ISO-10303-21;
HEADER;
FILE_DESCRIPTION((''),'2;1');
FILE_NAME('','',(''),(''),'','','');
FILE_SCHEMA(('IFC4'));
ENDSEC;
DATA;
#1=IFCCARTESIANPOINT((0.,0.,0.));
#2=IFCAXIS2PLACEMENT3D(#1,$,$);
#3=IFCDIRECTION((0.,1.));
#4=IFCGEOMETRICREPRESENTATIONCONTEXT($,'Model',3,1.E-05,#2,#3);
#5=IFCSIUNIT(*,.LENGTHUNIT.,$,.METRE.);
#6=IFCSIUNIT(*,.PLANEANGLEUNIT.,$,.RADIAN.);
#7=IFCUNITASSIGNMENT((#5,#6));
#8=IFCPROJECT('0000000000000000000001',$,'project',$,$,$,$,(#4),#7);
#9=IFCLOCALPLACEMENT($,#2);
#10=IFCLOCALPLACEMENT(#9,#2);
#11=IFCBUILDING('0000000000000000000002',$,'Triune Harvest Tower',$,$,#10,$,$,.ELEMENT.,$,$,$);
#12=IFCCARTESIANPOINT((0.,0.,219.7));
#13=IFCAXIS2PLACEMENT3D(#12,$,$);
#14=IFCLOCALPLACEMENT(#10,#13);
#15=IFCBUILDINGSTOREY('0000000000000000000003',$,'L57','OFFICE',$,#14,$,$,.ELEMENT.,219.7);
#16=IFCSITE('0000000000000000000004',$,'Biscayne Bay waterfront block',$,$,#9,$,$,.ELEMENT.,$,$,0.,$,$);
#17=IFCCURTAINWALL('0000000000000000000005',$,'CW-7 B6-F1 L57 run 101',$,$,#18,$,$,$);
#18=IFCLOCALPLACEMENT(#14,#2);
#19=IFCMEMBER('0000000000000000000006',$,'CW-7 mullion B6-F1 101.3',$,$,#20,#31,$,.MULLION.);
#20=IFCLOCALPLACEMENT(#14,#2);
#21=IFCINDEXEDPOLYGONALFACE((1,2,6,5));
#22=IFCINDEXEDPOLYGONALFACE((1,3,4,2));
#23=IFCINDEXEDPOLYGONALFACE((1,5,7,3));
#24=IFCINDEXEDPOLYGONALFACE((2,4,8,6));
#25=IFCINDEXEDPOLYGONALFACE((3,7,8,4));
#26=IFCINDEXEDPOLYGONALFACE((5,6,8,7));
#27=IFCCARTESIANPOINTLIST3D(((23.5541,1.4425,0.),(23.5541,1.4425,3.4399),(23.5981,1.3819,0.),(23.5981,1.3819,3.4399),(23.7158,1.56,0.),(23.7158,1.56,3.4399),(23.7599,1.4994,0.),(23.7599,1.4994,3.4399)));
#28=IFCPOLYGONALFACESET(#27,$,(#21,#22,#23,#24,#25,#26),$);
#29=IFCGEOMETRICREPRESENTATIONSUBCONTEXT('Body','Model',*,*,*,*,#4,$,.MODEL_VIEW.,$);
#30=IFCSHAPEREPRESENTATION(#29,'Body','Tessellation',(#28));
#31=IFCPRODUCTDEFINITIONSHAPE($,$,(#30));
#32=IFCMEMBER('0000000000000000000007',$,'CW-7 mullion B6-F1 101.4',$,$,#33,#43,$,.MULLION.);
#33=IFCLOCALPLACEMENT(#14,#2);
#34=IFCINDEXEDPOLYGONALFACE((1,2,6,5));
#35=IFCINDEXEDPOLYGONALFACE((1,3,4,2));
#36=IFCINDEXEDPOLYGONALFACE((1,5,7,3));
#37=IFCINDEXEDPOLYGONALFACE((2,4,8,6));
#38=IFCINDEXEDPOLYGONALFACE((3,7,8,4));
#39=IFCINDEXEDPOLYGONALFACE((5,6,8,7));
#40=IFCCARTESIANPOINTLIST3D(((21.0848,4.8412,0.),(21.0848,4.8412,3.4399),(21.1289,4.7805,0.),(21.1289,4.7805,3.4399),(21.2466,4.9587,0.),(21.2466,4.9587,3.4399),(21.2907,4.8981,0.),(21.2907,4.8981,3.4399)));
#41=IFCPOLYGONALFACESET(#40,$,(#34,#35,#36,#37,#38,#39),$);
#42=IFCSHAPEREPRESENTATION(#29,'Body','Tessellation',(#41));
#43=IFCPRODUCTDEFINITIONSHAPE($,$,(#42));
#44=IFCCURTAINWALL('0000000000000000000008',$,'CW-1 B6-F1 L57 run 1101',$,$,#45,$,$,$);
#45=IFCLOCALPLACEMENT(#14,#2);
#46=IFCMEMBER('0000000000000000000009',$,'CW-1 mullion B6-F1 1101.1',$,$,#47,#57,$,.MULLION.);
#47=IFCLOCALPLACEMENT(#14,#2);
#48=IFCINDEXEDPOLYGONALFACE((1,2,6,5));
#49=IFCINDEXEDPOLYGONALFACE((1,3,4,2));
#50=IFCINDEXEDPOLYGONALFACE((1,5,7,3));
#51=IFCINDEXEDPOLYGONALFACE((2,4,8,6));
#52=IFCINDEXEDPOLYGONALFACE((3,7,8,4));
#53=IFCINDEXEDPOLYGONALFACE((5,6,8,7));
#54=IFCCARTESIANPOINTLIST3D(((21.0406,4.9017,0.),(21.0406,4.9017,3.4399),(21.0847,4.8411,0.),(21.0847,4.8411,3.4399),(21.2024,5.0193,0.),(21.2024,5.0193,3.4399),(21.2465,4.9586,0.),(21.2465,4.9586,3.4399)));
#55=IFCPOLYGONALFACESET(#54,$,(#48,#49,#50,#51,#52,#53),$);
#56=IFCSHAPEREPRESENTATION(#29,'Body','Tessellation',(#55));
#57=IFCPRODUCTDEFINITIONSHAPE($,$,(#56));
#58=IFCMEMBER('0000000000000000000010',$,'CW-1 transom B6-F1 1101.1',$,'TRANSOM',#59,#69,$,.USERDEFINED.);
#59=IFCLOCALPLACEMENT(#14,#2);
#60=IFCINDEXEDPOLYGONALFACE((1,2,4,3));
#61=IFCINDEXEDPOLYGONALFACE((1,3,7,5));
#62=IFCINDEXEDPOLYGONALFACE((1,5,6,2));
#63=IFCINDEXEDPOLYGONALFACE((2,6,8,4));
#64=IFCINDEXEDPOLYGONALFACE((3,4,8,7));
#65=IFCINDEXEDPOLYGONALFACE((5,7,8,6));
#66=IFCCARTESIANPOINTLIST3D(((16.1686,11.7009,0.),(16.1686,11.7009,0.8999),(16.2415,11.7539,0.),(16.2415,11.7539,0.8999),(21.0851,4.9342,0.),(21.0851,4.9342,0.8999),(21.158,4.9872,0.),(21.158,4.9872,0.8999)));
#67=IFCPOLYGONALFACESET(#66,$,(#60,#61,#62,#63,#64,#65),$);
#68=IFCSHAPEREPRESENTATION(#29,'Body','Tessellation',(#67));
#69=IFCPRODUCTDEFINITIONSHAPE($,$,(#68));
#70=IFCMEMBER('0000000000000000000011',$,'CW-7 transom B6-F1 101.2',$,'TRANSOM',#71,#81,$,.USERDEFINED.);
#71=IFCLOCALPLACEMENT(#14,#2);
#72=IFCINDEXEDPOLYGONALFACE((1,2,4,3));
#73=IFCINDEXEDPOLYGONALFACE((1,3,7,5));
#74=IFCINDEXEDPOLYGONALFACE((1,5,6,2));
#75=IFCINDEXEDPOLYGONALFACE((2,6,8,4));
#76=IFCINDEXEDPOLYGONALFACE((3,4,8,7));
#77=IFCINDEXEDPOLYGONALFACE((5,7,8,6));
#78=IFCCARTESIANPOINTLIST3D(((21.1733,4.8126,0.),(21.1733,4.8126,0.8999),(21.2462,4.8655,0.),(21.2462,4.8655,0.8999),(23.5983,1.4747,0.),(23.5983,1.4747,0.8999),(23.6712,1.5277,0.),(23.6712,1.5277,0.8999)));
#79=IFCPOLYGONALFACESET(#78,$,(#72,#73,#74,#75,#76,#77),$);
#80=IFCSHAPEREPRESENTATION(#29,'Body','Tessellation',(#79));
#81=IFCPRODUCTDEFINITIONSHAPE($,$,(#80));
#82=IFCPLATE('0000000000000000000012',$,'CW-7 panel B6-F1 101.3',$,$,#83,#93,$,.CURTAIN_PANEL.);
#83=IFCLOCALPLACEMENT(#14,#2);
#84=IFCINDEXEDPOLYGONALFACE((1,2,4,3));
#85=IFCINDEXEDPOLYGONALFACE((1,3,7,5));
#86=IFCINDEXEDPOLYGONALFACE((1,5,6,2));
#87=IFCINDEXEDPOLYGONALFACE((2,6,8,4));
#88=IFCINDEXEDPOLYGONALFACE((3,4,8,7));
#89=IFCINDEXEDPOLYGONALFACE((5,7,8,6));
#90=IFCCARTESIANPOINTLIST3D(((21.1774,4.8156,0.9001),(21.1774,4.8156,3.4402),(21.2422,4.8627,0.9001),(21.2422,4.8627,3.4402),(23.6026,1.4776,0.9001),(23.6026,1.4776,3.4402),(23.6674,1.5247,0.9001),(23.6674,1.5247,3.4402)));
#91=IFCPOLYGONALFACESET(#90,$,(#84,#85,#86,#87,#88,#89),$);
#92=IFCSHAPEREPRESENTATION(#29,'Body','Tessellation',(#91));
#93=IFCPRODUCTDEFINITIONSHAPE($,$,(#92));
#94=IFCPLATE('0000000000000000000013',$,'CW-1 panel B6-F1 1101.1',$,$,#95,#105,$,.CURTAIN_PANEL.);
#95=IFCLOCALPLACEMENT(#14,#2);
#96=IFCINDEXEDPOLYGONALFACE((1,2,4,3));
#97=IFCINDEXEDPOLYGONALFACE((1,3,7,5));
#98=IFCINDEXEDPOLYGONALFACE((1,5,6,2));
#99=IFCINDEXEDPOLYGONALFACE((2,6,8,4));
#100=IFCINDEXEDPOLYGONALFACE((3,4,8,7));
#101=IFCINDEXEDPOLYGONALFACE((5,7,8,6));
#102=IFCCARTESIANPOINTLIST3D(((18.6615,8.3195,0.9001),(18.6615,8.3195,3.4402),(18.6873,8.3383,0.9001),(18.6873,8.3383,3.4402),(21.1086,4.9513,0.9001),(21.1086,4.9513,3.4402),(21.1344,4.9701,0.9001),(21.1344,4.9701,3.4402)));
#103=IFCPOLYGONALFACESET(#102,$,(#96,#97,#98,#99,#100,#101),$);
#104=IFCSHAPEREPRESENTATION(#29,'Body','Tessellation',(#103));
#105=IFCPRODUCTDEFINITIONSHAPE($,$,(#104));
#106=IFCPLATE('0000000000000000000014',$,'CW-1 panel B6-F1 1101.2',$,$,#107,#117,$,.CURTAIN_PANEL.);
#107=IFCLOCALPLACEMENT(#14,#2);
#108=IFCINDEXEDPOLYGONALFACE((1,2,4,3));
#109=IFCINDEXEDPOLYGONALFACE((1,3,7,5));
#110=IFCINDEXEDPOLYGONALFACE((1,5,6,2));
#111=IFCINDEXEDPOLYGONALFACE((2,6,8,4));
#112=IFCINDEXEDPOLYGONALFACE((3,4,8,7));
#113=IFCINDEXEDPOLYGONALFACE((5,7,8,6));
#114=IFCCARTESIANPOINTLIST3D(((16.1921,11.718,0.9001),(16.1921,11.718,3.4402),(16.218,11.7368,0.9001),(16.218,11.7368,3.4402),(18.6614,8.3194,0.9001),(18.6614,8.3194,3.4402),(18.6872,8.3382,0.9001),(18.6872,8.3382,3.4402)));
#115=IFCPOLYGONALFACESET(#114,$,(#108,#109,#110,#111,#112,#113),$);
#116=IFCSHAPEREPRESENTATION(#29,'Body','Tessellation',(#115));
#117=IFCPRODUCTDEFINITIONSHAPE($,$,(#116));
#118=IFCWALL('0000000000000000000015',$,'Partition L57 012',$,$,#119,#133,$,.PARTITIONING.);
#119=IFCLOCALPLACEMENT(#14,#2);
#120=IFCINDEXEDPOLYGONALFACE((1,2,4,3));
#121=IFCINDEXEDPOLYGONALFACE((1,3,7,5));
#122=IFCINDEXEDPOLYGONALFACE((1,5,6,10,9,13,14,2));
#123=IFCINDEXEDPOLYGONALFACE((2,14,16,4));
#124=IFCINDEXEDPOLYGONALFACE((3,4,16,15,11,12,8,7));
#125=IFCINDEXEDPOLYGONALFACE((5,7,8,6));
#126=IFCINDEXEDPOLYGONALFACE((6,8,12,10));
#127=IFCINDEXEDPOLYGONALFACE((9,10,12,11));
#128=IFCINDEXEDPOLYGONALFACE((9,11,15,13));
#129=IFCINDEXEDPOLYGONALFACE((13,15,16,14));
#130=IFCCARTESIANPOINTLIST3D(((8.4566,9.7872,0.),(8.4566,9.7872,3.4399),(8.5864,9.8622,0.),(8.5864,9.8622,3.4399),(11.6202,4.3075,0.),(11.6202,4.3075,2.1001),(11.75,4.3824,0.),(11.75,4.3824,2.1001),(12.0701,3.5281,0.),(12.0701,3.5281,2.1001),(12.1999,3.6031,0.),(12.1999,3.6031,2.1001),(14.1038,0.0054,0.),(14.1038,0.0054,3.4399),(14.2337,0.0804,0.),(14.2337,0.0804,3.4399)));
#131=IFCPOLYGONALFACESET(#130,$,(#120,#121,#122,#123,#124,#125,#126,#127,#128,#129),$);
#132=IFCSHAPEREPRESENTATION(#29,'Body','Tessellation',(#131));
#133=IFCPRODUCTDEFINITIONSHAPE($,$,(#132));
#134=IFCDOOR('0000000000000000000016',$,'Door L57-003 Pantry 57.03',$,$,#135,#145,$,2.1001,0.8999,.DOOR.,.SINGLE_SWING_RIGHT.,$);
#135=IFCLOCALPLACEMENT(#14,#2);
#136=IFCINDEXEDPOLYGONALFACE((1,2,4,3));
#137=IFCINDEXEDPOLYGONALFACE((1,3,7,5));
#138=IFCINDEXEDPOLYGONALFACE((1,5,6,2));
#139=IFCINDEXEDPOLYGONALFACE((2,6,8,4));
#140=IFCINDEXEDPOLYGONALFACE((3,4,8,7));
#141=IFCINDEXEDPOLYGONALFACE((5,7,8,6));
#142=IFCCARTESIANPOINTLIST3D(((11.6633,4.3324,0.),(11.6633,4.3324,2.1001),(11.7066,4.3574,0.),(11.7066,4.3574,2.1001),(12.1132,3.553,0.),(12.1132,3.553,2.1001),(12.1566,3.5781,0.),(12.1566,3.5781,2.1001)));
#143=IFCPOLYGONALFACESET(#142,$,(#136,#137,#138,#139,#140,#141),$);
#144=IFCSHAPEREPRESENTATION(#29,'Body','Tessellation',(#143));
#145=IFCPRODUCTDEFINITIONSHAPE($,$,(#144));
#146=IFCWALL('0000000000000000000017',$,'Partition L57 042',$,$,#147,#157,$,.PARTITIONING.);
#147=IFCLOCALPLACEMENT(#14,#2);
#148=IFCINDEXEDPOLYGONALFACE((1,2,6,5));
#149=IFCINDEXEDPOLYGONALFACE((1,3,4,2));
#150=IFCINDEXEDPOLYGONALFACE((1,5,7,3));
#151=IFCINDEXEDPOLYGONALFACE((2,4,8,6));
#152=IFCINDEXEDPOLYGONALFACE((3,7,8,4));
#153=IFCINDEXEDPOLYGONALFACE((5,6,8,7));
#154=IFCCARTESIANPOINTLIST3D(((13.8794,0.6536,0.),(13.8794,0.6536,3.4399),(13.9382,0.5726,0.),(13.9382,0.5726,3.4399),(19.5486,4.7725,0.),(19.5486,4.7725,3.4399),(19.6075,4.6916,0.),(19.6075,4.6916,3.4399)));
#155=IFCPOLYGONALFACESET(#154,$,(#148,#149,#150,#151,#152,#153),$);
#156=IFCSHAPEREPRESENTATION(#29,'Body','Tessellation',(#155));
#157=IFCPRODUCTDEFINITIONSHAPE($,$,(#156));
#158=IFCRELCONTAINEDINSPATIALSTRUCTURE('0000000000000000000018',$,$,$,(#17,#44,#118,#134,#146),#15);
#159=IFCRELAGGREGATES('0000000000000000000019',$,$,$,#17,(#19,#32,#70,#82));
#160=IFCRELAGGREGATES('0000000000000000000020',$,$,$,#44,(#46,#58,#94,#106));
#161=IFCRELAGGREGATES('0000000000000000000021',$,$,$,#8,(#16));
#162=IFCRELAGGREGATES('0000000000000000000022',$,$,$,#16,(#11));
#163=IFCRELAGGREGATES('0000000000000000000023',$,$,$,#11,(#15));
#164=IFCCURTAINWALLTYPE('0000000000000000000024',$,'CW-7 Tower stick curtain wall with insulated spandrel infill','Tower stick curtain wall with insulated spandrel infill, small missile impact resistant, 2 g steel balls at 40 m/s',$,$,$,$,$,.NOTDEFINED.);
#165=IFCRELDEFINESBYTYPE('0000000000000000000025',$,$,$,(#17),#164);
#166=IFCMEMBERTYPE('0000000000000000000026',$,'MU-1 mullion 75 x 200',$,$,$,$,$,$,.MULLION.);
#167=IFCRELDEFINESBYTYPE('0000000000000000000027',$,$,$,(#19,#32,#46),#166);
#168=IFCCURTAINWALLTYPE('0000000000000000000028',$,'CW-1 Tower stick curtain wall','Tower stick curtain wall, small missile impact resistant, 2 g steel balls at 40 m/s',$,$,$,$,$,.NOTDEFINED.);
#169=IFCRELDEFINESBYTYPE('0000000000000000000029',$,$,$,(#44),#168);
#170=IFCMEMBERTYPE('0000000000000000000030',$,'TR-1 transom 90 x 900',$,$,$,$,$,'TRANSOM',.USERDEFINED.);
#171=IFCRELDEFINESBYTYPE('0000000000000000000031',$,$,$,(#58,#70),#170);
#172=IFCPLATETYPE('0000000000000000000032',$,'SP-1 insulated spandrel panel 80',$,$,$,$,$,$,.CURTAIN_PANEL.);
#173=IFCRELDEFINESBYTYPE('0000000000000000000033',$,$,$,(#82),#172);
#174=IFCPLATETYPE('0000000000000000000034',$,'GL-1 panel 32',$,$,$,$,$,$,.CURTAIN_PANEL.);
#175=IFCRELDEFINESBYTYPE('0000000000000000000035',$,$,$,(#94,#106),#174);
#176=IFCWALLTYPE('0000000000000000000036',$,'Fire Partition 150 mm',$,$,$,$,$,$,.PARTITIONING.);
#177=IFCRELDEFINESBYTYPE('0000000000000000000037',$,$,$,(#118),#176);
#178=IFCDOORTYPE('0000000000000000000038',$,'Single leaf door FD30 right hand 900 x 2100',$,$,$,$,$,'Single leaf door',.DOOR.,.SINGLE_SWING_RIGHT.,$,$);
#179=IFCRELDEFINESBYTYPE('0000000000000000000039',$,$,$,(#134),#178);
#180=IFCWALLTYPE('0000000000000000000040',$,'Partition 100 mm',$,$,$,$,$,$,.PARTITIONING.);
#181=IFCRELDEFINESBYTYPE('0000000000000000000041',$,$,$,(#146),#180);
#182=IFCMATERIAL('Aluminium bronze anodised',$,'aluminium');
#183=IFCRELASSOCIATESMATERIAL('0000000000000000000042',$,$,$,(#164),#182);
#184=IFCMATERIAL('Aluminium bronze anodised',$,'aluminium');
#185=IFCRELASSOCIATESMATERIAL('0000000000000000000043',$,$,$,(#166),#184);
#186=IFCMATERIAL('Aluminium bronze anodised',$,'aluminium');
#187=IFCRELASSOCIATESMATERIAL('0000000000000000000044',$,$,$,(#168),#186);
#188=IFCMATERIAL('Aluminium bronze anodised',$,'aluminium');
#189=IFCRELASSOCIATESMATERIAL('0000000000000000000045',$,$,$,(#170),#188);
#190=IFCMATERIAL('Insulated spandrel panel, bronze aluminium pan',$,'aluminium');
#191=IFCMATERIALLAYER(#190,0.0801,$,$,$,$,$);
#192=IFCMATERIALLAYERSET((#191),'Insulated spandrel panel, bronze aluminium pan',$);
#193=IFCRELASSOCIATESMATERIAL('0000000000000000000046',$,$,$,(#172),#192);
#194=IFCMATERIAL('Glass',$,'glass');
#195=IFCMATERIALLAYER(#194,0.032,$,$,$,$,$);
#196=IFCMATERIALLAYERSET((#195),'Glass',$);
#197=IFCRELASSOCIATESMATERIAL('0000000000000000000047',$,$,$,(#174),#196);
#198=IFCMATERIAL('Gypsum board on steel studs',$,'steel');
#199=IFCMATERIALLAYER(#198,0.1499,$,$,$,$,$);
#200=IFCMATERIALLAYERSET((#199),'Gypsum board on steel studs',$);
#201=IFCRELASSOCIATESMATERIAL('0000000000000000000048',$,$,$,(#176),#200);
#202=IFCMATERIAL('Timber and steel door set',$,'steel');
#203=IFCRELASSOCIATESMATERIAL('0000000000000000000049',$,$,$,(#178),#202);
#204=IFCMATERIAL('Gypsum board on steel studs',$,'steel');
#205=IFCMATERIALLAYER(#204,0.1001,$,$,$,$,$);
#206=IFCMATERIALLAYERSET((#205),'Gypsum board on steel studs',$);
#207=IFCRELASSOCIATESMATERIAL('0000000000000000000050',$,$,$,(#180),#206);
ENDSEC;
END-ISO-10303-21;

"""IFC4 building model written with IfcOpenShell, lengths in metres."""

from ifc_helpers import new_model, si_unit, direction, frame, frame_2d, origin, origin_2d, place, context, subcontext, project, spatial, rectangle, extrude, source, transform, mapped, material, layer, layer_set, material_profile, profile_set, type_object, element, fill, aggregate, save


model = new_model("IFC4")

# Units and contexts
model_context = context("Model", 3, precision=1e-05, world=origin(), true_north=direction((0.0, 1.0)))
body_context = subcontext(model_context, "Body", "Model", "MODEL_VIEW")
ifc_project = project(units=[si_unit("LENGTHUNIT", "METRE"), si_unit("PLANEANGLEUNIT", "RADIAN")], contexts=[model_context])

# Site, building, storey
site_placement = place(None, origin())
site = spatial("IfcSite", under=ifc_project, at=site_placement, Name="Biscayne Bay waterfront block", CompositionType="ELEMENT", RefElevation=0.0)
building_placement = place(site_placement, origin())
building = spatial("IfcBuilding", under=site, at=building_placement, Name="Triune Harvest Tower", CompositionType="ELEMENT")
storey_placement = place(building_placement, frame((0.0, 0.0, 219.7)))
storey = spatial("IfcBuildingStorey", under=building, at=storey_placement, Name="L57", Description="OFFICE", CompositionType="ELEMENT", Elevation=219.7)

# Curtain walls, members
ifc_material_1 = material(Name="Aluminium bronze anodised", Category="aluminium")
curtain_wall_type_1 = type_object("IfcCurtainWallType", Name="CW-7 Tower stick curtain wall with insulated spandrel infill", Description="Tower stick curtain wall with insulated spandrel infill, small missile impact resistant, 2 g steel balls at 40 m/s", PredefinedType="NOTDEFINED", material=ifc_material_1)
curtain_wall_1_placement = place(storey_placement, origin())
curtain_wall_1 = element("IfcCurtainWall", 1, at=curtain_wall_1_placement, inside=storey, type_object=curtain_wall_type_1, Name="CW-7 B6-F1 L57 run 101")
ifc_material_2 = material(Name="Aluminium bronze anodised", Category="aluminium")
ifc_material_profile_1 = material_profile(ifc_material_2, rectangle(XDim=0.2, YDim=0.075, at=origin_2d()), Name="MU-1 mullion 75 x 200")
ifc_profile_set_1 = profile_set([ifc_material_profile_1], Name="Aluminium bronze anodised")
member_type_1 = type_object("IfcMemberType", Name="MU-1 mullion 75 x 200", PredefinedType="MULLION", material=ifc_profile_set_1)
shared_shape_1 = source(origin(), body_context, "Body", "SweptSolid", [
    extrude(rectangle(XDim=0.2, YDim=0.075, at=origin_2d()), origin(), (0.0, 0.0, 1.0), 3.4399),
])
member_1_placement = place(storey_placement, frame((23.657, 1.4709, 0.0), z_axis=(0.0, 0.0, 1.0), x_axis=(-0.809014, -0.587789, 0.0)))
member_1 = element("IfcMember", 2, at=member_1_placement, type_object=member_type_1, Name="CW-7 mullion B6-F1 101.3", PredefinedType="MULLION", context=body_context, shape_type="MappedRepresentation", body=[
    mapped(shared_shape_1, transform((0.0, 0.0, 0.0), scale=1.0)),
])
member_2_placement = place(storey_placement, frame((21.1877, 4.8696, 0.0), z_axis=(0.0, 0.0, 1.0), x_axis=(-0.809014, -0.587789, 0.0)))
member_2 = element("IfcMember", 3, at=member_2_placement, type_object=member_type_1, Name="CW-7 mullion B6-F1 101.4", PredefinedType="MULLION", context=body_context, shape_type="MappedRepresentation", body=[
    mapped(shared_shape_1, transform((0.0, 0.0, 0.0), scale=1.0)),
])
ifc_material_3 = material(Name="Aluminium bronze anodised", Category="aluminium")
curtain_wall_type_2 = type_object("IfcCurtainWallType", Name="CW-1 Tower stick curtain wall", Description="Tower stick curtain wall, small missile impact resistant, 2 g steel balls at 40 m/s", PredefinedType="NOTDEFINED", material=ifc_material_3)
curtain_wall_2_placement = place(storey_placement, origin())
curtain_wall_2 = element("IfcCurtainWall", 4, at=curtain_wall_2_placement, inside=storey, type_object=curtain_wall_type_2, Name="CW-1 B6-F1 L57 run 1101")
member_3_placement = place(storey_placement, frame((21.1436, 4.9302, 0.0), z_axis=(0.0, 0.0, 1.0), x_axis=(-0.809021, -0.58778, 0.0)))
member_3 = element("IfcMember", 5, at=member_3_placement, type_object=member_type_1, Name="CW-1 mullion B6-F1 1101.1", PredefinedType="MULLION", context=body_context, shape_type="MappedRepresentation", body=[
    mapped(shared_shape_1, transform((0.0, 0.0, 0.0), scale=1.0)),
])
ifc_material_4 = material(Name="Aluminium bronze anodised", Category="aluminium")
ifc_material_profile_2 = material_profile(ifc_material_4, rectangle(XDim=0.0901, YDim=0.8999, at=origin_2d()), Name="TR-1 transom 90 x 900")
ifc_profile_set_2 = profile_set([ifc_material_profile_2], Name="Aluminium bronze anodised")
member_type_2 = type_object("IfcMemberType", Name="TR-1 transom 90 x 900", ElementType="TRANSOM", PredefinedType="USERDEFINED", material=ifc_profile_set_2)
shared_shape_2 = source(origin(), body_context, "Body", "SweptSolid", [
    extrude(rectangle(XDim=0.0901, YDim=0.8999, at=origin_2d()), origin(), (0.0, 0.0, 1.0), 8.3643),
])
member_4_placement = place(storey_placement, frame((21.1216, 4.9607, 0.45), z_axis=(-0.587807, 0.809001, 0.0), x_axis=(-0.809001, -0.587807, 0.0)))
member_4 = element("IfcMember", 6, at=member_4_placement, type_object=member_type_2, Name="CW-1 transom B6-F1 1101.1", ObjectType="TRANSOM", PredefinedType="USERDEFINED", context=body_context, shape_type="MappedRepresentation", body=[
    mapped(shared_shape_2, transform((0.0, 0.0, 0.0), scale=1.0)),
])

# Member
shared_shape_3 = source(origin(), body_context, "Body", "SweptSolid", [
    extrude(rectangle(XDim=0.0901, YDim=0.8999, at=origin_2d()), origin(), (0.0, 0.0, 1.0), 4.1257),
])
member_5_placement = place(storey_placement, frame((23.6348, 1.5012, 0.45), z_axis=(-0.587774, 0.809025, 0.0), x_axis=(-0.809025, -0.587774, 0.0)))
member_5 = element("IfcMember", 7, at=member_5_placement, type_object=member_type_2, Name="CW-7 transom B6-F1 101.2", ObjectType="TRANSOM", PredefinedType="USERDEFINED", context=body_context, shape_type="MappedRepresentation", body=[
    mapped(shared_shape_3, transform((0.0, 0.0, 0.0), scale=1.0)),
])

# Plates
ifc_material_5 = material(Name="Insulated spandrel panel, bronze aluminium pan", Category="aluminium")
ifc_layer_1 = layer(ifc_material_5, 0.0801)
ifc_layer_set_1 = layer_set([ifc_layer_1], Name="Insulated spandrel panel, bronze aluminium pan")
plate_type_1 = type_object("IfcPlateType", Name="SP-1 insulated spandrel panel 80", PredefinedType="CURTAIN_PANEL", material=ifc_layer_set_1)
shared_shape_4 = source(origin(), body_context, "Body", "SweptSolid", [
    extrude(rectangle(XDim=4.126, YDim=0.0801, at=origin_2d()), origin(), (0.0, 0.0, 1.0), 2.54),
])
plate_1_placement = place(storey_placement, frame((22.4224, 3.1702, 0.9001), z_axis=(0.0, 0.0, 1.0), x_axis=(-0.587789, 0.809014, 0.0)))
plate_1 = element("IfcPlate", 8, at=plate_1_placement, type_object=plate_type_1, Name="CW-7 panel B6-F1 101.3", PredefinedType="CURTAIN_PANEL", context=body_context, shape_type="MappedRepresentation", body=[
    mapped(shared_shape_4, transform((0.0, 0.0, 0.0), scale=1.0)),
])
aggregate(curtain_wall_1, [member_1, member_2, member_5, plate_1])
ifc_material_6 = material(Name="Glass", Category="glass")
ifc_layer_2 = layer(ifc_material_6, 0.032)
ifc_layer_set_2 = layer_set([ifc_layer_2], Name="Glass")
plate_type_2 = type_object("IfcPlateType", Name="GL-1 panel 32", PredefinedType="CURTAIN_PANEL", material=ifc_layer_set_2)
shared_shape_5 = source(origin(), body_context, "Body", "SweptSolid", [
    extrude(rectangle(XDim=4.1633, YDim=0.032, at=origin_2d()), origin(), (0.0, 0.0, 1.0), 2.54),
])
plate_2_placement = place(storey_placement, frame((19.8979, 6.6448, 0.9001), z_axis=(0.0, 0.0, 1.0), x_axis=(-0.58778, 0.809021, 0.0)))
plate_2 = element("IfcPlate", 9, at=plate_2_placement, type_object=plate_type_2, Name="CW-1 panel B6-F1 1101.1", PredefinedType="CURTAIN_PANEL", context=body_context, shape_type="MappedRepresentation", body=[
    mapped(shared_shape_5, transform((0.0, 0.0, 0.0), scale=1.0)),
])
shared_shape_6 = source(origin(), body_context, "Body", "SweptSolid", [
    extrude(rectangle(XDim=4.2009, YDim=0.032, at=origin_2d()), origin(), (0.0, 0.0, 1.0), 2.54),
])
plate_3_placement = place(storey_placement, frame((17.4397, 10.0281, 0.9001), z_axis=(0.0, 0.0, 1.0), x_axis=(-0.58778, 0.809021, 0.0)))
plate_3 = element("IfcPlate", 10, at=plate_3_placement, type_object=plate_type_2, Name="CW-1 panel B6-F1 1101.2", PredefinedType="CURTAIN_PANEL", context=body_context, shape_type="MappedRepresentation", body=[
    mapped(shared_shape_6, transform((0.0, 0.0, 0.0), scale=1.0)),
])
aggregate(curtain_wall_2, [member_3, member_4, plate_2, plate_3])

# Wall, opening, door
ifc_material_7 = material(Name="Gypsum board on steel studs", Category="steel")
ifc_layer_3 = layer(ifc_material_7, 0.1499)
ifc_layer_set_3 = layer_set([ifc_layer_3], Name="Gypsum board on steel studs")
wall_type_1 = type_object("IfcWallType", Name="Fire Partition 150 mm", PredefinedType="PARTITIONING", material=ifc_layer_set_3)
wall_1_placement = place(storey_placement, frame((8.5215, 9.8247, 0.0), z_axis=(0.0, 0.0, 1.0), x_axis=(0.499982, -0.866036, 0.0)))
wall_1 = element("IfcWall", 11, at=wall_1_placement, inside=storey, type_object=wall_type_1, Name="Partition L57 012", PredefinedType="PARTITIONING", context=body_context, shape_type="SweptSolid", body=[
    extrude(rectangle(XDim=11.2949, YDim=0.1499, at=frame_2d((5.6475, 0.0))), origin(), (0.0, 0.0, 1.0), 3.4399),
])
opening_1_placement = place(wall_1_placement, frame((6.3274, 0.0, 0.0)))
opening_1 = element("IfcOpeningElement", 12, at=opening_1_placement, cuts=wall_1, PredefinedType="OPENING", context=body_context, shape_type="SweptSolid", body=[
    extrude(rectangle(XDim=0.8999, YDim=2.1001, at=frame_2d((0.45, 1.05))), frame((0.0, 0.085, 0.0), z_axis=(0.0, -1.0, 0.0), x_axis=(1.0, 0.0, 0.0)), (0.0, 0.0, 1.0), 0.1699),
])
ifc_material_8 = material(Name="Timber and steel door set", Category="steel")
door_type_1 = type_object("IfcDoorType", Name="Single leaf door FD30 right hand 900 x 2100", ElementType="Single leaf door", OperationType="SINGLE_SWING_RIGHT", PredefinedType="DOOR", material=ifc_material_8)
door_1_placement = place(opening_1_placement, origin())
door_1 = element("IfcDoor", 13, at=door_1_placement, inside=storey, type_object=door_type_1, Name="Door L57-003 Pantry 57.03", OperationType="SINGLE_SWING_RIGHT", OverallHeight=2.1001, OverallWidth=0.8999, PredefinedType="DOOR", context=body_context, shape_type="SweptSolid", body=[
    extrude(rectangle(XDim=0.8999, YDim=2.1001, at=frame_2d((0.45, 1.05))), frame((0.0, 0.0249, 0.0), z_axis=(0.0, -1.0, 0.0), x_axis=(1.0, 0.0, 0.0)), (0.0, 0.0, 1.0), 0.05),
])
fill(opening_1, door_1)

# Wall
ifc_material_9 = material(Name="Gypsum board on steel studs", Category="steel")
ifc_layer_4 = layer(ifc_material_9, 0.1001)
ifc_layer_set_4 = layer_set([ifc_layer_4], Name="Gypsum board on steel studs")
wall_type_2 = type_object("IfcWallType", Name="Partition 100 mm", PredefinedType="PARTITIONING", material=ifc_layer_set_4)
wall_2_placement = place(storey_placement, frame((13.9087, 0.613, 0.0), z_axis=(0.0, 0.0, 1.0), x_axis=(0.809018, 0.587784, 0.0)))
element("IfcWall", 14, at=wall_2_placement, inside=storey, type_object=wall_type_2, Name="Partition L57 042", PredefinedType="PARTITIONING", context=body_context, shape_type="SweptSolid", body=[
    extrude(rectangle(XDim=7.0076, YDim=0.1001, at=frame_2d((3.5039, 0.0))), origin(), (0.0, 0.0, 1.0), 3.4399),
])

save(model, "model.ifc")
